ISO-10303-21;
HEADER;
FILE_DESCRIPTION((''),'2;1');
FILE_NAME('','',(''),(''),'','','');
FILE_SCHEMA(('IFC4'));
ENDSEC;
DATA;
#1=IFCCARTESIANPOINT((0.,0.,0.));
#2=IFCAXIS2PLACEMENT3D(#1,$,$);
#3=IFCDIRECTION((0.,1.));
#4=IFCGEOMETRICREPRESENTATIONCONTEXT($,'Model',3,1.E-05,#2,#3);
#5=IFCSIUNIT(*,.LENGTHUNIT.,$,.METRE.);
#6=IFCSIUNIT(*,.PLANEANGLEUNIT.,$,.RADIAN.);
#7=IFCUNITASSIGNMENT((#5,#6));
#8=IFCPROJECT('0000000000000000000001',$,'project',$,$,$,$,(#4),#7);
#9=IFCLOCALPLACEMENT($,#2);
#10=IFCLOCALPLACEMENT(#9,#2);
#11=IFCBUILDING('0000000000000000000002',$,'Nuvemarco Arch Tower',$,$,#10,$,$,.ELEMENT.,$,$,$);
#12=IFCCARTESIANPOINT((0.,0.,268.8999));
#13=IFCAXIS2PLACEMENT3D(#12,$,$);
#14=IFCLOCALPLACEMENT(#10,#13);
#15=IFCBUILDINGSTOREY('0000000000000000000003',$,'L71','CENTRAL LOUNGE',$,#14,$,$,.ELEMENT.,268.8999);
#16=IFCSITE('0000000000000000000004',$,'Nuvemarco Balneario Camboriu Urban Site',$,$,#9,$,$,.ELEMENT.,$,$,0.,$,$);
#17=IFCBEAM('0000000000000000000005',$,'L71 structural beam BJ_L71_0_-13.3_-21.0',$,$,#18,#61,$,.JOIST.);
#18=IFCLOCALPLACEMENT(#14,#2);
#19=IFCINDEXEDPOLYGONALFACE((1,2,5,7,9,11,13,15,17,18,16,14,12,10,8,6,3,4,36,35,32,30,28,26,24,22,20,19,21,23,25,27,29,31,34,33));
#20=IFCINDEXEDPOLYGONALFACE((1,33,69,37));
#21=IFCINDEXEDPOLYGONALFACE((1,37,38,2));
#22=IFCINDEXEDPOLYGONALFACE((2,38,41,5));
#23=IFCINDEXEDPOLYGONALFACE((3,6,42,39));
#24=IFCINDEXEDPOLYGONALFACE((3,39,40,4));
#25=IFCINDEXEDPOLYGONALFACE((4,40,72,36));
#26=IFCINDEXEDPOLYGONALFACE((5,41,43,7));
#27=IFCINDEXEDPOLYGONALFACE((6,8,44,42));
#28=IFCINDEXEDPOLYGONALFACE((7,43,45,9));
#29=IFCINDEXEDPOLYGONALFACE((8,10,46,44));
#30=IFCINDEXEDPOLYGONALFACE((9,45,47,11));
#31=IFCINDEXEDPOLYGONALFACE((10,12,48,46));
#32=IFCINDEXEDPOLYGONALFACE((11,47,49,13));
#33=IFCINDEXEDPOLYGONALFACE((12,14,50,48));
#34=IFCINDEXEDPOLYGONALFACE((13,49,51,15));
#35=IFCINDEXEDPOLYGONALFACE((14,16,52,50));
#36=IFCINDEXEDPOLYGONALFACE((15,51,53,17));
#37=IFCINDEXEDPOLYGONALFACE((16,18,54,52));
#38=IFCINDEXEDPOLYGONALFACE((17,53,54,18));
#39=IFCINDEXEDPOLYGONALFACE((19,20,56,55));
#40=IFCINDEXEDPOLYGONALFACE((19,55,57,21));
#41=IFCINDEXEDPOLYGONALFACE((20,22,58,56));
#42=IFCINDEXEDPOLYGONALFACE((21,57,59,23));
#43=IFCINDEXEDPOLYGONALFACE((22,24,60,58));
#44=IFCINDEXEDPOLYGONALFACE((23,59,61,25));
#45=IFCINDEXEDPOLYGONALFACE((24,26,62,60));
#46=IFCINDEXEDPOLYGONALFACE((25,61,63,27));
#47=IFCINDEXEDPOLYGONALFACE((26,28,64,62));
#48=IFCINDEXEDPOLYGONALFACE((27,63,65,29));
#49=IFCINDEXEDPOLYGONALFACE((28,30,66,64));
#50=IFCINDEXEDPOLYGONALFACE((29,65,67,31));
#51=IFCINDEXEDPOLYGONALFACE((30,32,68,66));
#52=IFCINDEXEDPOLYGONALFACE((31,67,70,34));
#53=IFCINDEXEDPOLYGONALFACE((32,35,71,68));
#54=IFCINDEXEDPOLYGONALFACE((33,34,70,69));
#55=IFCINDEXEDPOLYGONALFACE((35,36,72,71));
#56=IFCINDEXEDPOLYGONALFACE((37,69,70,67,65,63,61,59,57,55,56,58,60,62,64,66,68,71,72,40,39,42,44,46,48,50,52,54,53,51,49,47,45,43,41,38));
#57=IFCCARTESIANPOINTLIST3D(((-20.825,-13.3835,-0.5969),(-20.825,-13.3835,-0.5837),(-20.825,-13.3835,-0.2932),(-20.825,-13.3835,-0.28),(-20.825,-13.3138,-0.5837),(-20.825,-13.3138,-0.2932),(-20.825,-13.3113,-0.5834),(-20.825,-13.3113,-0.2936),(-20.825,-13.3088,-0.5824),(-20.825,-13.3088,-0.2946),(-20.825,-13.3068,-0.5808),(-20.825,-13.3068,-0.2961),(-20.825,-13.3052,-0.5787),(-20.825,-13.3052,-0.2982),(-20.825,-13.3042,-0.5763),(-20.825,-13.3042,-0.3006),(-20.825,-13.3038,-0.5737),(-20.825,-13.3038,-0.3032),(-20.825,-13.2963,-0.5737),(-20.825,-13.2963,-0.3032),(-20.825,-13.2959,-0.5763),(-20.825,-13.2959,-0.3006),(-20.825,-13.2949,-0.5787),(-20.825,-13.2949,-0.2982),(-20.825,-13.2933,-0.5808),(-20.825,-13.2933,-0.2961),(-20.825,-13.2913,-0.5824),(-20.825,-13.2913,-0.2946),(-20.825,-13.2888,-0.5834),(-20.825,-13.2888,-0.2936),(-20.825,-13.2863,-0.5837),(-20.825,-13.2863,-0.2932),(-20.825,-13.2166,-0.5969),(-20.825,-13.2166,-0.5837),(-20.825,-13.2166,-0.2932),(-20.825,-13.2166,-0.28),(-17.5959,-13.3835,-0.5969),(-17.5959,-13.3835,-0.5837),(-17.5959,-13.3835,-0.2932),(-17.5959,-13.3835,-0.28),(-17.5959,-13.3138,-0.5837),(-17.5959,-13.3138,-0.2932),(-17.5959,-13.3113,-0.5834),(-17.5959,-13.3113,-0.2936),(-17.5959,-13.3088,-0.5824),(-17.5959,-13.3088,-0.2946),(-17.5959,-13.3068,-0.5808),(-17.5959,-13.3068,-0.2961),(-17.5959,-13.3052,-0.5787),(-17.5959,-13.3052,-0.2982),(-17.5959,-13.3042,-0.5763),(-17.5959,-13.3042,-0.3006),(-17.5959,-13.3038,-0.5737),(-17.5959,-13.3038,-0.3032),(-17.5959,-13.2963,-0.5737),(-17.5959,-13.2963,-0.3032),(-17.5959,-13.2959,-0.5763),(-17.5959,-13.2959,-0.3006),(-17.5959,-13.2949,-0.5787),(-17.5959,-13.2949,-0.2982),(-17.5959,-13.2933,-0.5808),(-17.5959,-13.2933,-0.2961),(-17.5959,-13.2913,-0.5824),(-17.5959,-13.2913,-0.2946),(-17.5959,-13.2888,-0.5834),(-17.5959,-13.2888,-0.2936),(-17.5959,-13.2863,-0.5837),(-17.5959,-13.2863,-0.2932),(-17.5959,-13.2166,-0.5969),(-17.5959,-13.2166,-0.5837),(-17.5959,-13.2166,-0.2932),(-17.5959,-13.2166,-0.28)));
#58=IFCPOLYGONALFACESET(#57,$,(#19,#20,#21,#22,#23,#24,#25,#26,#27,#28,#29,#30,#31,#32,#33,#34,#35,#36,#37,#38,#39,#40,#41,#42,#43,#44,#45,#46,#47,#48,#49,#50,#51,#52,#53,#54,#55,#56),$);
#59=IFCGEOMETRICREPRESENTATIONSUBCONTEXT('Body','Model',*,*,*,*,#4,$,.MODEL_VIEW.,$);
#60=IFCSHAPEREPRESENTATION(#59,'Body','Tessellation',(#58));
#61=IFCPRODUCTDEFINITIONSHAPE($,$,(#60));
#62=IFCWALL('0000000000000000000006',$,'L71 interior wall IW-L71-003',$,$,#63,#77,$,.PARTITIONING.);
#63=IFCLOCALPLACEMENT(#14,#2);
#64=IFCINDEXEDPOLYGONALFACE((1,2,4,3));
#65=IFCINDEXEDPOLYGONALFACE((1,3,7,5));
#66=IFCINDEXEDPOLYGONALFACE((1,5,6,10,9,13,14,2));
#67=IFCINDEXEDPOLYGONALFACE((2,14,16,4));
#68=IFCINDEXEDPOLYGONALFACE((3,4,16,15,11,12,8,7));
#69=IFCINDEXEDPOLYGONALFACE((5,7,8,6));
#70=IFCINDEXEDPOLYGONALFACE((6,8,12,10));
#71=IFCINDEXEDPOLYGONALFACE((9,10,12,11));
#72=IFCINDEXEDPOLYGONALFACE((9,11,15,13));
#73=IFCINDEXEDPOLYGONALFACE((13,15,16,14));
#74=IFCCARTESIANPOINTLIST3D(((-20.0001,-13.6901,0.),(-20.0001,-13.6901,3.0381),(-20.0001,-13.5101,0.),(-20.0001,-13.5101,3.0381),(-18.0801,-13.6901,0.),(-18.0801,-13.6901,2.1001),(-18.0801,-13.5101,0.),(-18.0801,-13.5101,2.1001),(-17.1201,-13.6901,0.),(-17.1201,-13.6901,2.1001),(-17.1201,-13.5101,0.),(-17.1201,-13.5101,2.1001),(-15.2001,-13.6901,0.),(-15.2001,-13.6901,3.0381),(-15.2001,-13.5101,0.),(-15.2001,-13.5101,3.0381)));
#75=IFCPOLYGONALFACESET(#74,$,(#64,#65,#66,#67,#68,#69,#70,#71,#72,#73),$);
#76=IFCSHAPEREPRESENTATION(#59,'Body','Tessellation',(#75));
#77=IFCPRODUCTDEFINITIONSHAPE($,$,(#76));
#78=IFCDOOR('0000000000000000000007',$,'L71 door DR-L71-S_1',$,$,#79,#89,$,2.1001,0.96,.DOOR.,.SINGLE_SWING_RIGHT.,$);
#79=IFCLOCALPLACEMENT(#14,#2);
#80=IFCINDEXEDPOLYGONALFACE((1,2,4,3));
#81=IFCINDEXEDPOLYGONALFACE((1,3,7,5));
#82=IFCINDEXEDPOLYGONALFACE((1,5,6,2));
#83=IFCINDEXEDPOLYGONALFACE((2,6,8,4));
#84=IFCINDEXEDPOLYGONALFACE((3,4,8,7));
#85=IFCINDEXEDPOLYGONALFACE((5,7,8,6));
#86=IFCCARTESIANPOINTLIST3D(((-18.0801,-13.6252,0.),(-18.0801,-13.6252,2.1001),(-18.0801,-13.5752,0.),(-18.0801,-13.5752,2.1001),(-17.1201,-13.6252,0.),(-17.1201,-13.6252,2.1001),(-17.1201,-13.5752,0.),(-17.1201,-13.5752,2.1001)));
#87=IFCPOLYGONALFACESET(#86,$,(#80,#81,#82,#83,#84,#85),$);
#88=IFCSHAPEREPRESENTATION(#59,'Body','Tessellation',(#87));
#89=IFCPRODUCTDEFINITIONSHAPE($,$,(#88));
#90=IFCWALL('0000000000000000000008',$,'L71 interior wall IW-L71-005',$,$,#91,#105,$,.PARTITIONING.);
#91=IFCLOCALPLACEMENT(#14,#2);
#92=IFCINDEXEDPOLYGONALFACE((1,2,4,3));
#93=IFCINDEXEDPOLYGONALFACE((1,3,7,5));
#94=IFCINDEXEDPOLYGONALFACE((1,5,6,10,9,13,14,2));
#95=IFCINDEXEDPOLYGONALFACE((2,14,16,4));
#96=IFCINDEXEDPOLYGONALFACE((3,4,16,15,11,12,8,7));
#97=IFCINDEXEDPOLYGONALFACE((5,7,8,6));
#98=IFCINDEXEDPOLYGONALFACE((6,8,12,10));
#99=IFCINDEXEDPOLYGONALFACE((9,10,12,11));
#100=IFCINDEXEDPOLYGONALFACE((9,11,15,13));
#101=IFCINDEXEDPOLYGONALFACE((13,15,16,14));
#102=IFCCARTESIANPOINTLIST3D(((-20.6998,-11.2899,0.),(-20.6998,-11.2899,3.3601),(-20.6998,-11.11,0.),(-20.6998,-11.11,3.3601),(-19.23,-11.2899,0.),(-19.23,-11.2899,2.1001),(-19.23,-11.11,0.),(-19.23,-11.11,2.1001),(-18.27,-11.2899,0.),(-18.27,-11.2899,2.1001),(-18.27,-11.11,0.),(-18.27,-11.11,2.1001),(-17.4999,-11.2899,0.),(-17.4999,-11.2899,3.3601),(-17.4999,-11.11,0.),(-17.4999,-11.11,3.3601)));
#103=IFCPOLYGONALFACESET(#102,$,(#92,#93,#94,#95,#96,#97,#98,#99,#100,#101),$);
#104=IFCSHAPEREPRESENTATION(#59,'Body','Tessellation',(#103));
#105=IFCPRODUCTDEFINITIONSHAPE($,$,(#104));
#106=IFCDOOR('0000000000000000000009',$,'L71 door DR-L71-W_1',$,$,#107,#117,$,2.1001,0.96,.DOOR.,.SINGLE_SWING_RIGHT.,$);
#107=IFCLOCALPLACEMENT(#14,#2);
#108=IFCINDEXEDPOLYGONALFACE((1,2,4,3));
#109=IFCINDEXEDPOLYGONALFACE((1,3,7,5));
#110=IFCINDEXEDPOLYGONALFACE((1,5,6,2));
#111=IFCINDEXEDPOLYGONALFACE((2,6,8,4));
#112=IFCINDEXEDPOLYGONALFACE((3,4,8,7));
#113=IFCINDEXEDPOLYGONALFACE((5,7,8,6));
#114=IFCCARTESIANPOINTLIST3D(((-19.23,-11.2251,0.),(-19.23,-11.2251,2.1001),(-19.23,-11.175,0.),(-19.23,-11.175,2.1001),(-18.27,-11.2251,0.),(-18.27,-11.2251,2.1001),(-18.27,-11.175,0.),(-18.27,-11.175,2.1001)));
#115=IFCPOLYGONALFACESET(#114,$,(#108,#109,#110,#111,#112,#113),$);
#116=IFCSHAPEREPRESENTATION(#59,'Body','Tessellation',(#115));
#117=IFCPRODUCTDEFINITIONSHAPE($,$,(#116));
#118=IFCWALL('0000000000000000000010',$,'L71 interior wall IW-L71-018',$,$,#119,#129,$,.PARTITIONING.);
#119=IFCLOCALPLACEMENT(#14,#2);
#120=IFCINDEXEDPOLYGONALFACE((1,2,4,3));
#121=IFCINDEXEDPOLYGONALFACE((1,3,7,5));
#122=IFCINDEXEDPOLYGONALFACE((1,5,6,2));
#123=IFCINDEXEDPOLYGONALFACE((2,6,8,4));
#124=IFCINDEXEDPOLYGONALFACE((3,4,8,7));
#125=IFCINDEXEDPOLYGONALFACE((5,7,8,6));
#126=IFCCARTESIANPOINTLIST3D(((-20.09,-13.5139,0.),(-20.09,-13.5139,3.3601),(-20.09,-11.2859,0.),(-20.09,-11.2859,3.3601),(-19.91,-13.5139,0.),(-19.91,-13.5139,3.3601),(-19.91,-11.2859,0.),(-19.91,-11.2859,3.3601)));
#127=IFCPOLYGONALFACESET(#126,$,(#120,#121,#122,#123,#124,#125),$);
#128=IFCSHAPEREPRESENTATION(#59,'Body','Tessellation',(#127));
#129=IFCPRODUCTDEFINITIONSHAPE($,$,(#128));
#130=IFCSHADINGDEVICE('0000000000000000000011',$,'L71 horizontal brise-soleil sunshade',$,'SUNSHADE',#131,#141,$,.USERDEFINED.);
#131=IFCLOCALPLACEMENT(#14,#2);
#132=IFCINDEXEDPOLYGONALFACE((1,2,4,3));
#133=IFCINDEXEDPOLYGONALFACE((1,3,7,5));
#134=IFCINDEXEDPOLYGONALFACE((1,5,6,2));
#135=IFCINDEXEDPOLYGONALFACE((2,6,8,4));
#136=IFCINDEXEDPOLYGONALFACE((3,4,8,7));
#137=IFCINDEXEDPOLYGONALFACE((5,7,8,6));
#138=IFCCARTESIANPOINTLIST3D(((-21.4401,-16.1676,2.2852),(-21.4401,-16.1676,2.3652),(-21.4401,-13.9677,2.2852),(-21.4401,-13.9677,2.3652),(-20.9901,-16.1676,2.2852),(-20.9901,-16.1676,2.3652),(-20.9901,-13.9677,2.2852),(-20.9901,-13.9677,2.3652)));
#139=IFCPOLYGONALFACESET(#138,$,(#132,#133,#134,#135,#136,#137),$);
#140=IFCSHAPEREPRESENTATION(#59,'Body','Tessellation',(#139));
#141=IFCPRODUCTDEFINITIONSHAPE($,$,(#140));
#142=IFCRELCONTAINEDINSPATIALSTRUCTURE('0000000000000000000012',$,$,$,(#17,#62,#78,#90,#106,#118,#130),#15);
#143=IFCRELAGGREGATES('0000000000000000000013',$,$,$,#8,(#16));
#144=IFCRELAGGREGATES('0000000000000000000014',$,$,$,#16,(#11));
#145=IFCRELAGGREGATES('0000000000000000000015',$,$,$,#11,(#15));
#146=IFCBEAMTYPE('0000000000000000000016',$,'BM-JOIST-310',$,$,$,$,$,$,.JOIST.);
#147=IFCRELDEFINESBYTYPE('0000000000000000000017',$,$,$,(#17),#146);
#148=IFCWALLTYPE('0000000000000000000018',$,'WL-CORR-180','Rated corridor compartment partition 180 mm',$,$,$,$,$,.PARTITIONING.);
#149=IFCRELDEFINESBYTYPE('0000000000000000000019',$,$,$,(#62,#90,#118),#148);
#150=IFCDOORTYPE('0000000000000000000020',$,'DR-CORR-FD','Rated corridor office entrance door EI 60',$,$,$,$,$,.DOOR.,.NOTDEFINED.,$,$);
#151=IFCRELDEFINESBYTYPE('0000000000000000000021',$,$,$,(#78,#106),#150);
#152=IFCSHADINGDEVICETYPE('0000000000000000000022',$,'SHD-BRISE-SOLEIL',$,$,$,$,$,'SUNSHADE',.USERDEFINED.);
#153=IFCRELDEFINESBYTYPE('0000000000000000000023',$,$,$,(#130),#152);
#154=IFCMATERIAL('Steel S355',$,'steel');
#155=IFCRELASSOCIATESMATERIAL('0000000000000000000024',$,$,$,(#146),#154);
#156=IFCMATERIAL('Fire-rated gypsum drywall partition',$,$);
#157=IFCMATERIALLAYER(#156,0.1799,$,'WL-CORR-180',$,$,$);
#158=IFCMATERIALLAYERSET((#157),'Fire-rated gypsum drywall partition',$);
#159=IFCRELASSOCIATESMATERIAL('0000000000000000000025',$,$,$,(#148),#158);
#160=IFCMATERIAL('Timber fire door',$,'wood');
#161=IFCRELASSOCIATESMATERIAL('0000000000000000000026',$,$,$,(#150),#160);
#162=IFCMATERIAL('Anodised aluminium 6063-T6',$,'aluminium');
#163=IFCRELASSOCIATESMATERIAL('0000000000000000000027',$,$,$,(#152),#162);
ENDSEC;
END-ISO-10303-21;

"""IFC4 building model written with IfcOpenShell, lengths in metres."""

from ifc_helpers import new_model, si_unit, direction, frame, frame_2d, origin, origin_2d, place, context, subcontext, project, spatial, rectangle, i_section, extrude, source, transform, mapped, material, layer, layer_set, material_profile, profile_set, type_object, type_shapes, element, fill, save


model = new_model("IFC4")

# Units and contexts
model_context = context("Model", 3, precision=1e-05, world=origin(), true_north=direction((0.0, 1.0)))
body_context = subcontext(model_context, "Body", "Model", "MODEL_VIEW")
ifc_project = project(units=[si_unit("LENGTHUNIT", "METRE"), si_unit("PLANEANGLEUNIT", "RADIAN")], contexts=[model_context])

# Site, building, storey
site_placement = place(None, origin())
site = spatial("IfcSite", under=ifc_project, at=site_placement, Name="Nuvemarco Balneario Camboriu Urban Site", CompositionType="ELEMENT", RefElevation=0.0)
building_placement = place(site_placement, origin())
building = spatial("IfcBuilding", under=site, at=building_placement, Name="Nuvemarco Arch Tower", CompositionType="ELEMENT")
storey_placement = place(building_placement, frame((0.0, 0.0, 268.8999)))
storey = spatial("IfcBuildingStorey", under=building, at=storey_placement, Name="L71", Description="CENTRAL LOUNGE", CompositionType="ELEMENT", Elevation=268.8999)

# Shared definitions
ifc_material_1 = material(Name="Steel S355", Category="steel")

# Beam
ifc_material_profile_1 = material_profile(ifc_material_1, i_section(OverallWidth=0.167, OverallDepth=0.3169, WebThickness=0.0076, FlangeThickness=0.0132, FilletRadius=0.01, at=origin_2d()), Name="W310x52")
ifc_profile_set_1 = profile_set([ifc_material_profile_1], Name="Steel S355")
beam_type_1 = type_object("IfcBeamType", Name="BM-JOIST-310", PredefinedType="JOIST", material=ifc_profile_set_1)
beam_1_placement = place(storey_placement, frame((-20.825, -13.3, -0.4385), z_axis=(1.0, 0.0, 0.0), x_axis=(0.0, 1.0, 0.0)))
element("IfcBeam", 1, at=beam_1_placement, inside=storey, type_object=beam_type_1, Name="L71 structural beam BJ_L71_0_-13.3_-21.0", PredefinedType="JOIST", context=body_context, shape_type="SweptSolid", body=[
    extrude(i_section(OverallWidth=0.167, OverallDepth=0.3169, WebThickness=0.0076, FlangeThickness=0.0132, FilletRadius=0.01, at=origin_2d()), origin(), (0.0, 0.0, 1.0), 3.229),
])

# Walls, openings, doors
ifc_material_2 = material(Name="Fire-rated gypsum drywall partition")
ifc_layer = layer(ifc_material_2, 0.1799, Name="WL-CORR-180")
ifc_layer_set = layer_set([ifc_layer], Name="Fire-rated gypsum drywall partition")
wall_type = type_object("IfcWallType", Name="WL-CORR-180", Description="Rated corridor compartment partition 180 mm", PredefinedType="PARTITIONING", material=ifc_layer_set)
wall_1_placement = place(storey_placement, frame((-20.0, -13.6001, 0.0), z_axis=(0.0, 0.0, 1.0), x_axis=(1.0, 0.0, 0.0)))
wall_1 = element("IfcWall", 2, at=wall_1_placement, inside=storey, type_object=wall_type, Name="L71 interior wall IW-L71-003", PredefinedType="PARTITIONING", context=body_context, shape_type="SweptSolid", body=[
    extrude(rectangle(XDim=4.8, YDim=0.1799, at=frame_2d((2.3999, 0.0))), origin(), (0.0, 0.0, 1.0), 3.0381),
])
opening_1_placement = place(wall_1_placement, frame((1.9199, 0.0, 0.0)))
opening_1 = element("IfcOpeningElement", 3, at=opening_1_placement, cuts=wall_1, PredefinedType="OPENING", context=body_context, shape_type="SweptSolid", body=[
    extrude(rectangle(XDim=0.96, YDim=2.1001, at=frame_2d((0.48, 1.05))), frame((0.0, 0.0999, 0.0), z_axis=(0.0, -1.0, 0.0), x_axis=(1.0, 0.0, 0.0)), (0.0, 0.0, 1.0), 0.2),
])
ifc_material_3 = material(Name="Timber fire door", Category="wood")
door_type = type_object("IfcDoorType", Name="DR-CORR-FD", Description="Rated corridor office entrance door EI 60", OperationType="NOTDEFINED", PredefinedType="DOOR", material=ifc_material_3)
shared_shape_1 = source(origin(), body_context, "Body", "SweptSolid", [
    extrude(rectangle(XDim=0.96, YDim=2.1001, at=frame_2d((0.48, 1.05))), frame((0.0, 0.0249, 0.0), z_axis=(0.0, -1.0, 0.0), x_axis=(1.0, 0.0, 0.0)), (0.0, 0.0, 1.0), 0.05),
])
type_shapes(door_type, [shared_shape_1])
door_1_placement = place(opening_1_placement, origin())
door_1 = element("IfcDoor", 4, at=door_1_placement, inside=storey, type_object=door_type, Name="L71 door DR-L71-S_1", OperationType="SINGLE_SWING_RIGHT", OverallHeight=2.1001, OverallWidth=0.96, PredefinedType="DOOR", context=body_context, shape_type="MappedRepresentation", body=[
    mapped(shared_shape_1, transform((0.0, 0.0, 0.0), scale=1.0)),
])
fill(opening_1, door_1)
wall_2_placement = place(storey_placement, frame((-20.7, -11.2, 0.0), z_axis=(0.0, 0.0, 1.0), x_axis=(1.0, 0.0, 0.0)))
wall_2 = element("IfcWall", 5, at=wall_2_placement, inside=storey, type_object=wall_type, Name="L71 interior wall IW-L71-005", PredefinedType="PARTITIONING", context=body_context, shape_type="SweptSolid", body=[
    extrude(rectangle(XDim=3.2, YDim=0.1799, at=frame_2d((1.6001, 0.0))), origin(), (0.0, 0.0, 1.0), 3.3601),
])
opening_2_placement = place(wall_2_placement, frame((1.47, 0.0, 0.0)))
opening_2 = element("IfcOpeningElement", 6, at=opening_2_placement, cuts=wall_2, PredefinedType="OPENING", context=body_context, shape_type="SweptSolid", body=[
    extrude(rectangle(XDim=0.96, YDim=2.1001, at=frame_2d((0.48, 1.05))), frame((0.0, 0.0999, 0.0), z_axis=(0.0, -1.0, 0.0), x_axis=(1.0, 0.0, 0.0)), (0.0, 0.0, 1.0), 0.2),
])
door_2_placement = place(opening_2_placement, origin())
door_2 = element("IfcDoor", 7, at=door_2_placement, inside=storey, type_object=door_type, Name="L71 door DR-L71-W_1", OperationType="SINGLE_SWING_RIGHT", OverallHeight=2.1001, OverallWidth=0.96, PredefinedType="DOOR", context=body_context, shape_type="MappedRepresentation", body=[
    mapped(shared_shape_1, transform((0.0, 0.0, 0.0), scale=1.0)),
])
fill(opening_2, door_2)

# Wall
wall_3_placement = place(storey_placement, frame((-20.0, -13.5139, 0.0), z_axis=(0.0, 0.0, 1.0), x_axis=(0.0, 1.0, 0.0)))
element("IfcWall", 8, at=wall_3_placement, inside=storey, type_object=wall_type, Name="L71 interior wall IW-L71-018", PredefinedType="PARTITIONING", context=body_context, shape_type="SweptSolid", body=[
    extrude(rectangle(XDim=2.228, YDim=0.1799, at=frame_2d((1.114, 0.0))), origin(), (0.0, 0.0, 1.0), 3.3601),
])

# Shading device
ifc_material_4 = material(Name="Anodised aluminium 6063-T6", Category="aluminium")
shading_device_type = type_object("IfcShadingDeviceType", Name="SHD-BRISE-SOLEIL", ElementType="SUNSHADE", PredefinedType="USERDEFINED", material=ifc_material_4)
shared_shape_2 = source(origin(), body_context, "Body", "SweptSolid", [
    extrude(rectangle(XDim=2.2, YDim=0.45, at=origin_2d()), origin(), (0.0, 0.0, 1.0), 0.0801),
])
type_shapes(shading_device_type, [shared_shape_2])
shading_device_placement = place(storey_placement, frame((-21.2151, -15.0676, 2.2852), z_axis=(0.0, 0.0, 1.0), x_axis=(0.0, 1.0, 0.0)))
element("IfcShadingDevice", 9, at=shading_device_placement, inside=storey, type_object=shading_device_type, Name="L71 horizontal brise-soleil sunshade", ObjectType="SUNSHADE", PredefinedType="USERDEFINED", context=body_context, shape_type="MappedRepresentation", body=[
    mapped(shared_shape_2, transform((0.0, 0.0, 0.0), scale=1.0)),
])

save(model, "model.ifc")
